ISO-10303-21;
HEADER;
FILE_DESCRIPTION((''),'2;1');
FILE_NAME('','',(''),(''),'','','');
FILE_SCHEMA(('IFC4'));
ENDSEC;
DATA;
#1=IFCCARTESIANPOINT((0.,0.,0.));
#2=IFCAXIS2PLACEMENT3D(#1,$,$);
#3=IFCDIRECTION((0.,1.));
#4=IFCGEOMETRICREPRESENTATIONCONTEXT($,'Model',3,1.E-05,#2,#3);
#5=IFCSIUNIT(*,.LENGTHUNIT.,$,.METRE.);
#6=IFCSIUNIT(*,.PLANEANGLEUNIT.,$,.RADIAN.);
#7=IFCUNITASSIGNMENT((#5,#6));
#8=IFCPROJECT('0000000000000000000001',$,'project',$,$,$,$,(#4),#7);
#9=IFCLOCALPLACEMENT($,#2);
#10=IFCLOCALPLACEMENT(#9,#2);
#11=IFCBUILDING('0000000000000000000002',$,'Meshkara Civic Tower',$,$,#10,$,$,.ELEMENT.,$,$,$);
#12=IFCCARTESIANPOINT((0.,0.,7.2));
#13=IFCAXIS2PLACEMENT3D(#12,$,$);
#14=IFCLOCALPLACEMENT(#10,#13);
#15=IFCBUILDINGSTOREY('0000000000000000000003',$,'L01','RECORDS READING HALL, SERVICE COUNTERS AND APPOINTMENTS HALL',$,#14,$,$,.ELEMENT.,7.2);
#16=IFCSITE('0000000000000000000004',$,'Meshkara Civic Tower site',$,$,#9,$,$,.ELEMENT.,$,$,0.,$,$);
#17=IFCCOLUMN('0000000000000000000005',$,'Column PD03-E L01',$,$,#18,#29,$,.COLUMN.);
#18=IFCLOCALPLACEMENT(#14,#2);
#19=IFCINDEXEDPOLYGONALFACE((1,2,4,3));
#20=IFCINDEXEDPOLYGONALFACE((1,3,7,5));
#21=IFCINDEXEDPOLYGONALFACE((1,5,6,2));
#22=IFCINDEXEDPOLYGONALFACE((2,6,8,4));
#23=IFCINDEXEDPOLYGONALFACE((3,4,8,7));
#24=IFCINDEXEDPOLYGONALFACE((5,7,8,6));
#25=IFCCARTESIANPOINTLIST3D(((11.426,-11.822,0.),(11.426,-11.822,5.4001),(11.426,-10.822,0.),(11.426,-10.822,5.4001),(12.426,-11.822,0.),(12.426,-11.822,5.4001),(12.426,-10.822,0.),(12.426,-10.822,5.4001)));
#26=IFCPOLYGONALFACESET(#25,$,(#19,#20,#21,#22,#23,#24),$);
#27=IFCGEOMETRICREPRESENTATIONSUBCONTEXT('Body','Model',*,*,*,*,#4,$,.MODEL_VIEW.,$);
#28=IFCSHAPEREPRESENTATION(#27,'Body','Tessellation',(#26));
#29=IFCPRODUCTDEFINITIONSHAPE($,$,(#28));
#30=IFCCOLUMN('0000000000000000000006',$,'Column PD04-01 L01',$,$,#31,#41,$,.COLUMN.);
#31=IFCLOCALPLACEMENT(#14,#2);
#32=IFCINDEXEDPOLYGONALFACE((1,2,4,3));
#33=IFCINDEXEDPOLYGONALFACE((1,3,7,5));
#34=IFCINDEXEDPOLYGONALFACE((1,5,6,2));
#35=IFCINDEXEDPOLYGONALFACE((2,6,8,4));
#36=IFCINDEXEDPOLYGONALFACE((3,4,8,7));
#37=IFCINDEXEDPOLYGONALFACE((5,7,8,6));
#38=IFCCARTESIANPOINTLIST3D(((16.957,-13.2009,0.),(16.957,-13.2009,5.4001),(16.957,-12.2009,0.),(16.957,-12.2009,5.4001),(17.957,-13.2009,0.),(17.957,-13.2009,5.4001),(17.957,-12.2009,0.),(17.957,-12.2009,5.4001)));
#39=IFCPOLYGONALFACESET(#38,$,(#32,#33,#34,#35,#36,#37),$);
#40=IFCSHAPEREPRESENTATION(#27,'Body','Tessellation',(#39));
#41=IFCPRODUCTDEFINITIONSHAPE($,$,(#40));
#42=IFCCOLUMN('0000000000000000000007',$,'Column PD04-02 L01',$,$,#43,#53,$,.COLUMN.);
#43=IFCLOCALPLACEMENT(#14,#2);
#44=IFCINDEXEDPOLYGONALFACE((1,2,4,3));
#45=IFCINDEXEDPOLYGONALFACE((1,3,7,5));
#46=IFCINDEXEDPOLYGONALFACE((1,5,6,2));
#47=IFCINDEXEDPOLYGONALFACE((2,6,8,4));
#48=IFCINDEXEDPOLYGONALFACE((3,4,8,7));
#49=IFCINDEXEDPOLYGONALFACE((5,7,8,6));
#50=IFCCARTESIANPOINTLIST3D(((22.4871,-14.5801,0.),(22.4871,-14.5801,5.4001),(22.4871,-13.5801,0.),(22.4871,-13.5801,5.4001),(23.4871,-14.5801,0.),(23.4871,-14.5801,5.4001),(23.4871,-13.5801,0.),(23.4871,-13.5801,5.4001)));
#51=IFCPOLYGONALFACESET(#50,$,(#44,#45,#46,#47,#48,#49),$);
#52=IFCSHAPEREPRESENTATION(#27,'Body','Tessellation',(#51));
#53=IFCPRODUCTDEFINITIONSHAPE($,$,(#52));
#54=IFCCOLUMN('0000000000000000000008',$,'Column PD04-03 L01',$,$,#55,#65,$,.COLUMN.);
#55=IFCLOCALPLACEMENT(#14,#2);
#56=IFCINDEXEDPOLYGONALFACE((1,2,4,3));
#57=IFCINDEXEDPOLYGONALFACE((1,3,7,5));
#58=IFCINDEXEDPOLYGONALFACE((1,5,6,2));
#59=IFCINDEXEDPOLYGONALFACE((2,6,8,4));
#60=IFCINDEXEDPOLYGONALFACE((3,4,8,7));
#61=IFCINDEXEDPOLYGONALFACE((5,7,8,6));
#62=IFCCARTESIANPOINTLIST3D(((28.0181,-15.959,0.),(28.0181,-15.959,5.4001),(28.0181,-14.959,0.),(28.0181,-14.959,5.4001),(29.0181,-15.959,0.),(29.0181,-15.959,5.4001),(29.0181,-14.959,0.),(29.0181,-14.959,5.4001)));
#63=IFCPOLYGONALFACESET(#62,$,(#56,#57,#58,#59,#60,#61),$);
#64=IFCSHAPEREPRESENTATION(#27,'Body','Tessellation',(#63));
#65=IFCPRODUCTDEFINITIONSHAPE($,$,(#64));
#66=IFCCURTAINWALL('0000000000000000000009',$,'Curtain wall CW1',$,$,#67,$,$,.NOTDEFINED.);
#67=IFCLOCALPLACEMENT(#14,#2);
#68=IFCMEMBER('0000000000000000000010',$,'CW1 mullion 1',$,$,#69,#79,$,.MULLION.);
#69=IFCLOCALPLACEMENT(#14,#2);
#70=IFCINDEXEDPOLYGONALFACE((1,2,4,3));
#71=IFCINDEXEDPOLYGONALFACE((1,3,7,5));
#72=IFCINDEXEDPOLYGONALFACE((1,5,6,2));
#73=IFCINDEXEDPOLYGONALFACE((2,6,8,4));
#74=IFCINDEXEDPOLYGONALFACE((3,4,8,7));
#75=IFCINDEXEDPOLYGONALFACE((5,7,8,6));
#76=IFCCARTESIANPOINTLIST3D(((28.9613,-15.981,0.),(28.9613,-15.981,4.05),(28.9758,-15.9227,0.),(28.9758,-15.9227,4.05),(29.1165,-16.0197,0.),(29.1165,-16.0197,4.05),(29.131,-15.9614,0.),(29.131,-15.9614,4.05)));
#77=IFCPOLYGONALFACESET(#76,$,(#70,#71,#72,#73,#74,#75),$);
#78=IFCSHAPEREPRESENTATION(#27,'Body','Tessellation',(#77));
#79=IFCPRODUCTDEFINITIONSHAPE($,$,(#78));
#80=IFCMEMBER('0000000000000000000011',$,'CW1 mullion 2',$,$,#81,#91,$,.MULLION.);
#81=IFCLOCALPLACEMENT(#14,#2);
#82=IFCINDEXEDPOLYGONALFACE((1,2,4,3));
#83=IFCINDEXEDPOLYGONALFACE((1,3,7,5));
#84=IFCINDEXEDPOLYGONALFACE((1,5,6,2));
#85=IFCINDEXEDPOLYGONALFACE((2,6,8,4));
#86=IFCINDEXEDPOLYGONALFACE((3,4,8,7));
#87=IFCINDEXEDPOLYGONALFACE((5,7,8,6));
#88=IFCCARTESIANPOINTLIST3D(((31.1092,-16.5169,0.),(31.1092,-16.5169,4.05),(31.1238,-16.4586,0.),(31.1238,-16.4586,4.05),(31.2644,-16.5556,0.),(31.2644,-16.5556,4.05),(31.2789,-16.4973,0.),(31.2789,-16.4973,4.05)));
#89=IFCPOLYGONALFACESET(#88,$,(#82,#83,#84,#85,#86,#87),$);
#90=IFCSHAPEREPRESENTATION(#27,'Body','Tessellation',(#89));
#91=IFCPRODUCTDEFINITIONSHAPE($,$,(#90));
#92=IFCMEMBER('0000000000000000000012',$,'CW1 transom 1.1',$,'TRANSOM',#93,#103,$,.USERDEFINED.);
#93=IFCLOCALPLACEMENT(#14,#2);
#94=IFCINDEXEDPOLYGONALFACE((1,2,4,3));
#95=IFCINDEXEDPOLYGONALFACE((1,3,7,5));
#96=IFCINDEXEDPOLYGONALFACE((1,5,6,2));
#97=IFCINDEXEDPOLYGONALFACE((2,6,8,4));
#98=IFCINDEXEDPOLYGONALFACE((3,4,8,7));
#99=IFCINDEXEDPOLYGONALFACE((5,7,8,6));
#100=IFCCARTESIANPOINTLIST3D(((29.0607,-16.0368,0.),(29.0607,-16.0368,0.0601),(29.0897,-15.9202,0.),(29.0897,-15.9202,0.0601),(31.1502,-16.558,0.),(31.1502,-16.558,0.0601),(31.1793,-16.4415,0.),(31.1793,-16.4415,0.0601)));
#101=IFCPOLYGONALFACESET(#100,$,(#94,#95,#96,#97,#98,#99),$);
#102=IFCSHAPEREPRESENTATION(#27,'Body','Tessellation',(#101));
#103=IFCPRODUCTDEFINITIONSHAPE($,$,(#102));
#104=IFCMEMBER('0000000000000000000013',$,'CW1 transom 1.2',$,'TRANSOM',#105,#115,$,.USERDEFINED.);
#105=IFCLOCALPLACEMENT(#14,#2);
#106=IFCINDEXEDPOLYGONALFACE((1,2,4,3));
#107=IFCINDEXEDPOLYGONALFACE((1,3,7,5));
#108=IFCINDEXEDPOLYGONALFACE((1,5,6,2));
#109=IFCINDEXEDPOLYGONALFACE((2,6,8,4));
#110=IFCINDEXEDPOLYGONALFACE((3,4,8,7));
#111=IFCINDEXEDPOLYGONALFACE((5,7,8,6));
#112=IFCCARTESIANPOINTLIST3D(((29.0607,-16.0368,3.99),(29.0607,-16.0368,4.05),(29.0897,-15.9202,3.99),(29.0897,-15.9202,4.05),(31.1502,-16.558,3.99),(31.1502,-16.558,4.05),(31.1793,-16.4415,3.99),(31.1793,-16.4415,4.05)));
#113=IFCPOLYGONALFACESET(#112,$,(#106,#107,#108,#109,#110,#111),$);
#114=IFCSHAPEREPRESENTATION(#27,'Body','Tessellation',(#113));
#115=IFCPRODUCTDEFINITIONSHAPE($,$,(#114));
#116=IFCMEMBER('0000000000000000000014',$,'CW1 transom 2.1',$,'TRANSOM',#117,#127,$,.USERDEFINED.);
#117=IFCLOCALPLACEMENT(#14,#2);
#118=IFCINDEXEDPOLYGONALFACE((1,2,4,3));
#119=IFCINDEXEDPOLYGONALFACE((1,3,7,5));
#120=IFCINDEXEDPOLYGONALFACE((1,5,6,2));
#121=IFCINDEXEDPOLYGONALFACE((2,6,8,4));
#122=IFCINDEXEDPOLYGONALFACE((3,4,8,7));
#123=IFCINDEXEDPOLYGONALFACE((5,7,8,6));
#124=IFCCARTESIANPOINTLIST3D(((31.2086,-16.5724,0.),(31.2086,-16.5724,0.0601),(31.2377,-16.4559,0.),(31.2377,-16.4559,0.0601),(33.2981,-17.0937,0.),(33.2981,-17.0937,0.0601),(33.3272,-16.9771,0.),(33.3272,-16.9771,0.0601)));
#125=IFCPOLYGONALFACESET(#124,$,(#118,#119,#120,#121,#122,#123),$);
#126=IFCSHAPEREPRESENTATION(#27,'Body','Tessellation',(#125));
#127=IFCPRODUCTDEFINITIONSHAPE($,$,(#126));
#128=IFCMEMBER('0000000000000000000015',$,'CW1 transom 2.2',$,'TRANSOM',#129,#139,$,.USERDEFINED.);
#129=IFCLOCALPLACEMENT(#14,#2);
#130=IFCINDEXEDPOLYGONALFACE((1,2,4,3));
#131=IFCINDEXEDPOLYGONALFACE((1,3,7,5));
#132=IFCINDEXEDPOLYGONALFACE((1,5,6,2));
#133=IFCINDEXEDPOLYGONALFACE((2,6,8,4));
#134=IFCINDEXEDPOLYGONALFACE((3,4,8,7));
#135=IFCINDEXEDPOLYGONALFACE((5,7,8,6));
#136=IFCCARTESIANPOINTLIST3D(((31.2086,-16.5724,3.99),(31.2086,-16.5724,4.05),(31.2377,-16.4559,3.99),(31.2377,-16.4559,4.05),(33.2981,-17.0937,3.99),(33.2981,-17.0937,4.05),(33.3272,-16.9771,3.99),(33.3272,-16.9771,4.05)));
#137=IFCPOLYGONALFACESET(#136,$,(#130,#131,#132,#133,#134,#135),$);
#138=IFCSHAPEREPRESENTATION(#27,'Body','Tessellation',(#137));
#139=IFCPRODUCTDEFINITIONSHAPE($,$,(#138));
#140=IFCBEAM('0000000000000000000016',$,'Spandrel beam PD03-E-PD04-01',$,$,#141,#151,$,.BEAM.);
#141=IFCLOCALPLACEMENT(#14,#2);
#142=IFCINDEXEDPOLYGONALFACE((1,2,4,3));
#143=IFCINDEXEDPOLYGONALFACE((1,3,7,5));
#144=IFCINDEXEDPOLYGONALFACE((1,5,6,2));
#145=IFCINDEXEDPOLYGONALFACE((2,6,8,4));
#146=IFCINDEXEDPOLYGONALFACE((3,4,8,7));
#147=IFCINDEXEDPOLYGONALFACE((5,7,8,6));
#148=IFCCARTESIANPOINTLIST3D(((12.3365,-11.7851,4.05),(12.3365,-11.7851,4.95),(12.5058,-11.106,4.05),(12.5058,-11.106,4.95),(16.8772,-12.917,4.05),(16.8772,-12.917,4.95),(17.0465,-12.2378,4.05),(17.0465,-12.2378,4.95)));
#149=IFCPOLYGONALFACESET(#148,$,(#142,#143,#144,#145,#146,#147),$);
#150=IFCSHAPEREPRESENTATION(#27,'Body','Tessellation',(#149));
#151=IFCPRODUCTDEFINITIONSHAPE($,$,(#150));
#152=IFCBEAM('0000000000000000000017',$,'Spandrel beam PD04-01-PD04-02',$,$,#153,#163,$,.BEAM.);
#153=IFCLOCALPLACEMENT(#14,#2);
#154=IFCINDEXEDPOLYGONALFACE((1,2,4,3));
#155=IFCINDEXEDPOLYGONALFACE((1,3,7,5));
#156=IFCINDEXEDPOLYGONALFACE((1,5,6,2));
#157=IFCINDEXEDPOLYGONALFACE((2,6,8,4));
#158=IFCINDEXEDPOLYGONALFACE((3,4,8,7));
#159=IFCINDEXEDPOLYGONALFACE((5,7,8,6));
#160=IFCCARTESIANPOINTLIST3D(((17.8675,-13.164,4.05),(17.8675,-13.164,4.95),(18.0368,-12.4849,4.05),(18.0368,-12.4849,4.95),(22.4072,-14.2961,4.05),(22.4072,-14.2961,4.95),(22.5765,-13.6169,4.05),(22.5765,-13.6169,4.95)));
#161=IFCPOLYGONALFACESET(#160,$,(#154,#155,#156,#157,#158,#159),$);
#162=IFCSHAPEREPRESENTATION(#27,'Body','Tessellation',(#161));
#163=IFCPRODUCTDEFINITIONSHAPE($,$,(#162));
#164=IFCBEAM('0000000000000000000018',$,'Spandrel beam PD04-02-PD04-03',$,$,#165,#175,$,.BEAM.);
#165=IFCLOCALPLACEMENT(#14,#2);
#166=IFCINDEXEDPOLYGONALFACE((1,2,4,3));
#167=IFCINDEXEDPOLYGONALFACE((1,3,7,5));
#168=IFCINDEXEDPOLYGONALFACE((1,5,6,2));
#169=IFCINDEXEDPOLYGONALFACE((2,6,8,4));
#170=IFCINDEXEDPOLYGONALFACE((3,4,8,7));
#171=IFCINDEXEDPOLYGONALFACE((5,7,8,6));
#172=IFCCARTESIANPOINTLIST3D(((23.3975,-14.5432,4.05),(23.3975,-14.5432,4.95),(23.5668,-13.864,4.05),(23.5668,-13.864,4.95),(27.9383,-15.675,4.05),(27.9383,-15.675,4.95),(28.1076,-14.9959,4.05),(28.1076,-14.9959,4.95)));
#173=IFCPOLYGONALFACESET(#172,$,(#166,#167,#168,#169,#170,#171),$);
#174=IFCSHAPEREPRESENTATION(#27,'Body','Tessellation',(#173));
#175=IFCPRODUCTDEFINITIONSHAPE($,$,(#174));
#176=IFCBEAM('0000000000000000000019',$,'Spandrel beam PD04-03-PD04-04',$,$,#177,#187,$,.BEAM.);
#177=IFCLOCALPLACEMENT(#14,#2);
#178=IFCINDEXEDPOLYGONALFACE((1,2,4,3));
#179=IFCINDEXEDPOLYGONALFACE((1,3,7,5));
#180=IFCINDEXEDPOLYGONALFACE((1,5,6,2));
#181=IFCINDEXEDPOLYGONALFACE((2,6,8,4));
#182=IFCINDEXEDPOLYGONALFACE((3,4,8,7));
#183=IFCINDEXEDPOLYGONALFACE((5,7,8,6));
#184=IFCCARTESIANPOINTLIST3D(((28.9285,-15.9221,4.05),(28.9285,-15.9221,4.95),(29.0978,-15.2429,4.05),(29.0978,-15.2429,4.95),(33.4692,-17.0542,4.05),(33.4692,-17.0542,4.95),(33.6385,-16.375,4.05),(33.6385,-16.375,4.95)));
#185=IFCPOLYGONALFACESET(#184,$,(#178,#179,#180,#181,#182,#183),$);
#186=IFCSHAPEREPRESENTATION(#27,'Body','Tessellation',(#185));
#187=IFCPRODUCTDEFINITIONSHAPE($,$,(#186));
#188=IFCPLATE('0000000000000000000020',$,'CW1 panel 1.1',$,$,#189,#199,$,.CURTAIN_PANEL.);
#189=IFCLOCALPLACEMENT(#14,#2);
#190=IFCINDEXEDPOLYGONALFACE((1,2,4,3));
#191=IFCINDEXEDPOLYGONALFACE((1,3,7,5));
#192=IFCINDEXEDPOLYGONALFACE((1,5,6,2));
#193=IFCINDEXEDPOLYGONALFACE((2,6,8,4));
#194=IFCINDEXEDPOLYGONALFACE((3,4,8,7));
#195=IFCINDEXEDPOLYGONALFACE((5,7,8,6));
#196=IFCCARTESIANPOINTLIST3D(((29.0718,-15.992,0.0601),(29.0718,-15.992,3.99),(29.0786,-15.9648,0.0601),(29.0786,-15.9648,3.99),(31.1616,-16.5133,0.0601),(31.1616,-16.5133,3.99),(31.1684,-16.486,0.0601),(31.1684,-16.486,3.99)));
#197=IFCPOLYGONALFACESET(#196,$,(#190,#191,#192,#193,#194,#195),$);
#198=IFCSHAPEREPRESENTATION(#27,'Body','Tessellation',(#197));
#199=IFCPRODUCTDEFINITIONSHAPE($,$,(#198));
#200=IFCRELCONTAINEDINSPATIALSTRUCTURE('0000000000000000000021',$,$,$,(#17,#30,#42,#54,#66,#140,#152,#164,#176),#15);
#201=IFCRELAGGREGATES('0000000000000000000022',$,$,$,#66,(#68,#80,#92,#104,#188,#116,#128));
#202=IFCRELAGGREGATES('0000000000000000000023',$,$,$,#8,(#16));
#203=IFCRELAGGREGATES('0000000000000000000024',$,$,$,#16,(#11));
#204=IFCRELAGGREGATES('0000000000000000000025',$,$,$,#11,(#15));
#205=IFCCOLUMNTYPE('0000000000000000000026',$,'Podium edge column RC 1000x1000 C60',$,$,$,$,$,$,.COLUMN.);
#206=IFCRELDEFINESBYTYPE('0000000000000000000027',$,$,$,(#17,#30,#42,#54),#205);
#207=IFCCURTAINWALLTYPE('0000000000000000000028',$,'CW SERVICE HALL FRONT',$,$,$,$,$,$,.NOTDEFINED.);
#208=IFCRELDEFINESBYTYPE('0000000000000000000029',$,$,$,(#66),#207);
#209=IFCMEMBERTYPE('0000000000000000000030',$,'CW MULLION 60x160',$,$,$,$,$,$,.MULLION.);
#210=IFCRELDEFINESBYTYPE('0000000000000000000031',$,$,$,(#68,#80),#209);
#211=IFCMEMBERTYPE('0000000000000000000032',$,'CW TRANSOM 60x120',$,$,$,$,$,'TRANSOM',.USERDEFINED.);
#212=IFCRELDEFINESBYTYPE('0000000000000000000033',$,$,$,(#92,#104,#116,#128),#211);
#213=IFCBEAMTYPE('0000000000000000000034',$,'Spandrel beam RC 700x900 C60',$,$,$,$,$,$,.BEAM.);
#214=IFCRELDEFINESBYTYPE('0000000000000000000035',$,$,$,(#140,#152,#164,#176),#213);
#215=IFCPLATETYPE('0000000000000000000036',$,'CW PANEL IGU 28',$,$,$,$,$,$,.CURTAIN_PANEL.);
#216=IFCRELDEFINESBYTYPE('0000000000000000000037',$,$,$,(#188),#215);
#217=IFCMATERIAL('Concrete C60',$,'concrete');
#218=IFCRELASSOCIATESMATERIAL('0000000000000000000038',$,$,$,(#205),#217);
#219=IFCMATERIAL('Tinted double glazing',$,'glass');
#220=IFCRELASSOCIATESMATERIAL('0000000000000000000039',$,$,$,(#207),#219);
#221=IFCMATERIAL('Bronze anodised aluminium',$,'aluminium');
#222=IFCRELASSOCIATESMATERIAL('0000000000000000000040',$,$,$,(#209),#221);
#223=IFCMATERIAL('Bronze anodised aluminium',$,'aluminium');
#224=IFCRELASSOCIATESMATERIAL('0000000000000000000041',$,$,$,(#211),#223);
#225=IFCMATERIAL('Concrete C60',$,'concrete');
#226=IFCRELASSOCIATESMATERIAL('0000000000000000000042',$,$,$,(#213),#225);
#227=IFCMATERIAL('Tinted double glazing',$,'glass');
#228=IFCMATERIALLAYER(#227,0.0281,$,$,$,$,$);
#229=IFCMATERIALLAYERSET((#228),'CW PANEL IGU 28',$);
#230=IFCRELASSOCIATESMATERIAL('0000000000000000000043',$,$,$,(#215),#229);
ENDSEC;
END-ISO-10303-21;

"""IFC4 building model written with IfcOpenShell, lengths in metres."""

from ifc_helpers import new_model, si_unit, direction, frame, origin, origin_2d, place, context, subcontext, project, spatial, rectangle, extrude, material, layer, layer_set, material_profile, profile_set, type_object, element, aggregate, save


model = new_model("IFC4")

# Units and contexts
model_context = context("Model", 3, precision=1e-05, world=origin(), true_north=direction((0.0, 1.0)))
body_context = subcontext(model_context, "Body", "Model", "MODEL_VIEW")
ifc_project = project(units=[si_unit("LENGTHUNIT", "METRE"), si_unit("PLANEANGLEUNIT", "RADIAN")], contexts=[model_context])

# Site, building, storey
site_placement = place(None, origin())
site = spatial("IfcSite", under=ifc_project, at=site_placement, Name="Meshkara Civic Tower site", CompositionType="ELEMENT", RefElevation=0.0)
building_placement = place(site_placement, origin())
building = spatial("IfcBuilding", under=site, at=building_placement, Name="Meshkara Civic Tower", CompositionType="ELEMENT")
storey_placement = place(building_placement, frame((0.0, 0.0, 7.2)))
storey = spatial("IfcBuildingStorey", under=building, at=storey_placement, Name="L01", Description="RECORDS READING HALL, SERVICE COUNTERS AND APPOINTMENTS HALL", CompositionType="ELEMENT", Elevation=7.2)

# Columns
ifc_material_1 = material(Name="Concrete C60", Category="concrete")
ifc_material_profile_1 = material_profile(ifc_material_1, rectangle(XDim=1.0, YDim=1.0, at=origin_2d()))
ifc_profile_set_1 = profile_set([ifc_material_profile_1], Name="Concrete C60")
column_type = type_object("IfcColumnType", Name="Podium edge column RC 1000x1000 C60", PredefinedType="COLUMN", material=ifc_profile_set_1)
for number, where, z_axis, x_axis, name in (
    (1, (11.926, -11.322, 0.0), (0.0, 0.0, 1.0), (1.0, 0.0, 0.0), "Column PD03-E L01"),
    (2, (17.457, -12.7009, 0.0), (0.0, 0.0, 1.0), (1.0, 0.0, 0.0), "Column PD04-01 L01"),
    (3, (22.9871, -14.0801, 0.0), (0.0, 0.0, 1.0), (1.0, 0.0, 0.0), "Column PD04-02 L01"),
    (4, (28.5181, -15.459, 0.0), (0.0, 0.0, 1.0), (1.0, 0.0, 0.0), "Column PD04-03 L01"),
):
    element("IfcColumn", number, at=place(storey_placement, frame(where, z_axis=z_axis, x_axis=x_axis)), inside=storey, type_object=column_type, Name=name, PredefinedType="COLUMN", context=body_context, shape_type="SweptSolid", body=[
        extrude(rectangle(XDim=1.0, YDim=1.0, at=origin_2d()), origin(), (0.0, 0.0, 1.0), 5.4001),
    ])

# Curtain wall, members
ifc_material_2 = material(Name="Tinted double glazing", Category="glass")
curtain_wall_type = type_object("IfcCurtainWallType", Name="CW SERVICE HALL FRONT", PredefinedType="NOTDEFINED", material=ifc_material_2)
curtain_wall_placement = place(storey_placement, origin())
curtain_wall = element("IfcCurtainWall", 5, at=curtain_wall_placement, inside=storey, type_object=curtain_wall_type, Name="Curtain wall CW1", PredefinedType="NOTDEFINED")
ifc_material_3 = material(Name="Bronze anodised aluminium", Category="aluminium")
ifc_material_profile_2 = material_profile(ifc_material_3, rectangle(XDim=0.0601, YDim=0.1599, at=origin_2d()))
ifc_profile_set_2 = profile_set([ifc_material_profile_2], Name="Bronze anodised aluminium")
member_type_1 = type_object("IfcMemberType", Name="CW MULLION 60x160", PredefinedType="MULLION", material=ifc_profile_set_2)
member_1_placement = place(storey_placement, frame((29.0461, -15.9712, 0.0), z_axis=(0.0, 0.0, 1.0), x_axis=(0.242011, 0.970273, 0.0)))
member_1 = element("IfcMember", 6, at=member_1_placement, type_object=member_type_1, Name="CW1 mullion 1", PredefinedType="MULLION", context=body_context, shape_type="SweptSolid", body=[
    extrude(rectangle(XDim=0.0601, YDim=0.1599, at=origin_2d()), origin(), (0.0, 0.0, 1.0), 4.05),
])
member_2_placement = place(storey_placement, frame((31.1941, -16.5071, 0.0), z_axis=(0.0, 0.0, 1.0), x_axis=(0.242011, 0.970273, 0.0)))
member_2 = element("IfcMember", 7, at=member_2_placement, type_object=member_type_1, Name="CW1 mullion 2", PredefinedType="MULLION", context=body_context, shape_type="SweptSolid", body=[
    extrude(rectangle(XDim=0.0601, YDim=0.1599, at=origin_2d()), origin(), (0.0, 0.0, 1.0), 4.05),
])
ifc_material_4 = material(Name="Bronze anodised aluminium", Category="aluminium")
ifc_material_profile_3 = material_profile(ifc_material_4, rectangle(XDim=0.1201, YDim=0.0601, at=origin_2d()))
ifc_profile_set_3 = profile_set([ifc_material_profile_3], Name="Bronze anodised aluminium")
member_type_2 = type_object("IfcMemberType", Name="CW TRANSOM 60x120", ElementType="TRANSOM", PredefinedType="USERDEFINED", material=ifc_profile_set_3)
member_3_placement = place(storey_placement, frame((29.0752, -15.9785, 0.03), z_axis=(0.970269, -0.242029, 0.0), x_axis=(0.242029, 0.970269, 0.0)))
member_3 = element("IfcMember", 8, at=member_3_placement, type_object=member_type_2, Name="CW1 transom 1.1", ObjectType="TRANSOM", PredefinedType="USERDEFINED", context=body_context, shape_type="SweptSolid", body=[
    extrude(rectangle(XDim=0.1201, YDim=0.0601, at=origin_2d()), origin(), (0.0, 0.0, 1.0), 2.1536),
])
member_4_placement = place(storey_placement, frame((29.0752, -15.9785, 4.02), z_axis=(0.970269, -0.242029, 0.0), x_axis=(0.242029, 0.970269, 0.0)))
member_4 = element("IfcMember", 9, at=member_4_placement, type_object=member_type_2, Name="CW1 transom 1.2", ObjectType="TRANSOM", PredefinedType="USERDEFINED", context=body_context, shape_type="SweptSolid", body=[
    extrude(rectangle(XDim=0.1201, YDim=0.0601, at=origin_2d()), origin(), (0.0, 0.0, 1.0), 2.1536),
])
member_5_placement = place(storey_placement, frame((31.2231, -16.5142, 0.03), z_axis=(0.970269, -0.242029, 0.0), x_axis=(0.242029, 0.970269, 0.0)))
member_5 = element("IfcMember", 10, at=member_5_placement, type_object=member_type_2, Name="CW1 transom 2.1", ObjectType="TRANSOM", PredefinedType="USERDEFINED", context=body_context, shape_type="SweptSolid", body=[
    extrude(rectangle(XDim=0.1201, YDim=0.0601, at=origin_2d()), origin(), (0.0, 0.0, 1.0), 2.1536),
])
member_6_placement = place(storey_placement, frame((31.2231, -16.5142, 4.02), z_axis=(0.970269, -0.242029, 0.0), x_axis=(0.242029, 0.970269, 0.0)))
member_6 = element("IfcMember", 11, at=member_6_placement, type_object=member_type_2, Name="CW1 transom 2.2", ObjectType="TRANSOM", PredefinedType="USERDEFINED", context=body_context, shape_type="SweptSolid", body=[
    extrude(rectangle(XDim=0.1201, YDim=0.0601, at=origin_2d()), origin(), (0.0, 0.0, 1.0), 2.1536),
])

# Beams
ifc_material_5 = material(Name="Concrete C60", Category="concrete")
ifc_material_profile_4 = material_profile(ifc_material_5, rectangle(XDim=0.7, YDim=0.8999, at=origin_2d()))
ifc_profile_set_4 = profile_set([ifc_material_profile_4], Name="Concrete C60")
beam_type = type_object("IfcBeamType", Name="Spandrel beam RC 700x900 C60", PredefinedType="BEAM", material=ifc_profile_set_4)
beam_1_placement = place(storey_placement, frame((12.4211, -11.4456, 4.5), z_axis=(0.970311, -0.24186, 0.0), x_axis=(0.24186, 0.970311, 0.0)))
element("IfcBeam", 12, at=beam_1_placement, inside=storey, type_object=beam_type, Name="Spandrel beam PD03-E-PD04-01", PredefinedType="BEAM", context=body_context, shape_type="SweptSolid", body=[
    extrude(rectangle(XDim=0.7, YDim=0.8999, at=origin_2d()), origin(), (0.0, 0.0, 1.0), 4.6797),
])
beam_2_placement = place(storey_placement, frame((17.9521, -12.8245, 4.5), z_axis=(0.970287, -0.241959, 0.0), x_axis=(0.241959, 0.970287, 0.0)))
element("IfcBeam", 13, at=beam_2_placement, inside=storey, type_object=beam_type, Name="Spandrel beam PD04-01-PD04-02", PredefinedType="BEAM", context=body_context, shape_type="SweptSolid", body=[
    extrude(rectangle(XDim=0.7, YDim=0.8999, at=origin_2d()), origin(), (0.0, 0.0, 1.0), 4.6787),
])
for number, where, z_axis, x_axis, name in (
    (14, (23.4822, -14.2036, 4.5), (0.970311, -0.24186, 0.0), (0.24186, 0.970311, 0.0), "Spandrel beam PD04-02-PD04-03"),
    (15, (29.0132, -15.5825, 4.5), (0.970299, -0.24191, 0.0), (0.24191, 0.970299, 0.0), "Spandrel beam PD04-03-PD04-04"),
):
    element("IfcBeam", number, at=place(storey_placement, frame(where, z_axis=z_axis, x_axis=x_axis)), inside=storey, type_object=beam_type, Name=name, PredefinedType="BEAM", context=body_context, shape_type="SweptSolid", body=[
        extrude(rectangle(XDim=0.7, YDim=0.8999, at=origin_2d()), origin(), (0.0, 0.0, 1.0), 4.6797),
    ])

# Plate
ifc_material_6 = material(Name="Tinted double glazing", Category="glass")
ifc_layer_1 = layer(ifc_material_6, 0.0281)
ifc_layer_set_1 = layer_set([ifc_layer_1], Name="CW PANEL IGU 28")
plate_type = type_object("IfcPlateType", Name="CW PANEL IGU 28", PredefinedType="CURTAIN_PANEL", material=ifc_layer_set_1)
plate_placement = place(storey_placement, frame((30.1201, -16.239, 0.0601), z_axis=(0.0, 0.0, 1.0), x_axis=(0.970273, -0.242011, 0.0)))
plate = element("IfcPlate", 16, at=plate_placement, type_object=plate_type, Name="CW1 panel 1.1", PredefinedType="CURTAIN_PANEL", context=body_context, shape_type="SweptSolid", body=[
    extrude(rectangle(XDim=2.1538, YDim=0.0281, at=origin_2d()), origin(), (0.0, 0.0, 1.0), 3.9299),
])
aggregate(curtain_wall, [member_1, member_2, member_3, member_4, plate, member_5, member_6])

save(model, "model.ifc")
